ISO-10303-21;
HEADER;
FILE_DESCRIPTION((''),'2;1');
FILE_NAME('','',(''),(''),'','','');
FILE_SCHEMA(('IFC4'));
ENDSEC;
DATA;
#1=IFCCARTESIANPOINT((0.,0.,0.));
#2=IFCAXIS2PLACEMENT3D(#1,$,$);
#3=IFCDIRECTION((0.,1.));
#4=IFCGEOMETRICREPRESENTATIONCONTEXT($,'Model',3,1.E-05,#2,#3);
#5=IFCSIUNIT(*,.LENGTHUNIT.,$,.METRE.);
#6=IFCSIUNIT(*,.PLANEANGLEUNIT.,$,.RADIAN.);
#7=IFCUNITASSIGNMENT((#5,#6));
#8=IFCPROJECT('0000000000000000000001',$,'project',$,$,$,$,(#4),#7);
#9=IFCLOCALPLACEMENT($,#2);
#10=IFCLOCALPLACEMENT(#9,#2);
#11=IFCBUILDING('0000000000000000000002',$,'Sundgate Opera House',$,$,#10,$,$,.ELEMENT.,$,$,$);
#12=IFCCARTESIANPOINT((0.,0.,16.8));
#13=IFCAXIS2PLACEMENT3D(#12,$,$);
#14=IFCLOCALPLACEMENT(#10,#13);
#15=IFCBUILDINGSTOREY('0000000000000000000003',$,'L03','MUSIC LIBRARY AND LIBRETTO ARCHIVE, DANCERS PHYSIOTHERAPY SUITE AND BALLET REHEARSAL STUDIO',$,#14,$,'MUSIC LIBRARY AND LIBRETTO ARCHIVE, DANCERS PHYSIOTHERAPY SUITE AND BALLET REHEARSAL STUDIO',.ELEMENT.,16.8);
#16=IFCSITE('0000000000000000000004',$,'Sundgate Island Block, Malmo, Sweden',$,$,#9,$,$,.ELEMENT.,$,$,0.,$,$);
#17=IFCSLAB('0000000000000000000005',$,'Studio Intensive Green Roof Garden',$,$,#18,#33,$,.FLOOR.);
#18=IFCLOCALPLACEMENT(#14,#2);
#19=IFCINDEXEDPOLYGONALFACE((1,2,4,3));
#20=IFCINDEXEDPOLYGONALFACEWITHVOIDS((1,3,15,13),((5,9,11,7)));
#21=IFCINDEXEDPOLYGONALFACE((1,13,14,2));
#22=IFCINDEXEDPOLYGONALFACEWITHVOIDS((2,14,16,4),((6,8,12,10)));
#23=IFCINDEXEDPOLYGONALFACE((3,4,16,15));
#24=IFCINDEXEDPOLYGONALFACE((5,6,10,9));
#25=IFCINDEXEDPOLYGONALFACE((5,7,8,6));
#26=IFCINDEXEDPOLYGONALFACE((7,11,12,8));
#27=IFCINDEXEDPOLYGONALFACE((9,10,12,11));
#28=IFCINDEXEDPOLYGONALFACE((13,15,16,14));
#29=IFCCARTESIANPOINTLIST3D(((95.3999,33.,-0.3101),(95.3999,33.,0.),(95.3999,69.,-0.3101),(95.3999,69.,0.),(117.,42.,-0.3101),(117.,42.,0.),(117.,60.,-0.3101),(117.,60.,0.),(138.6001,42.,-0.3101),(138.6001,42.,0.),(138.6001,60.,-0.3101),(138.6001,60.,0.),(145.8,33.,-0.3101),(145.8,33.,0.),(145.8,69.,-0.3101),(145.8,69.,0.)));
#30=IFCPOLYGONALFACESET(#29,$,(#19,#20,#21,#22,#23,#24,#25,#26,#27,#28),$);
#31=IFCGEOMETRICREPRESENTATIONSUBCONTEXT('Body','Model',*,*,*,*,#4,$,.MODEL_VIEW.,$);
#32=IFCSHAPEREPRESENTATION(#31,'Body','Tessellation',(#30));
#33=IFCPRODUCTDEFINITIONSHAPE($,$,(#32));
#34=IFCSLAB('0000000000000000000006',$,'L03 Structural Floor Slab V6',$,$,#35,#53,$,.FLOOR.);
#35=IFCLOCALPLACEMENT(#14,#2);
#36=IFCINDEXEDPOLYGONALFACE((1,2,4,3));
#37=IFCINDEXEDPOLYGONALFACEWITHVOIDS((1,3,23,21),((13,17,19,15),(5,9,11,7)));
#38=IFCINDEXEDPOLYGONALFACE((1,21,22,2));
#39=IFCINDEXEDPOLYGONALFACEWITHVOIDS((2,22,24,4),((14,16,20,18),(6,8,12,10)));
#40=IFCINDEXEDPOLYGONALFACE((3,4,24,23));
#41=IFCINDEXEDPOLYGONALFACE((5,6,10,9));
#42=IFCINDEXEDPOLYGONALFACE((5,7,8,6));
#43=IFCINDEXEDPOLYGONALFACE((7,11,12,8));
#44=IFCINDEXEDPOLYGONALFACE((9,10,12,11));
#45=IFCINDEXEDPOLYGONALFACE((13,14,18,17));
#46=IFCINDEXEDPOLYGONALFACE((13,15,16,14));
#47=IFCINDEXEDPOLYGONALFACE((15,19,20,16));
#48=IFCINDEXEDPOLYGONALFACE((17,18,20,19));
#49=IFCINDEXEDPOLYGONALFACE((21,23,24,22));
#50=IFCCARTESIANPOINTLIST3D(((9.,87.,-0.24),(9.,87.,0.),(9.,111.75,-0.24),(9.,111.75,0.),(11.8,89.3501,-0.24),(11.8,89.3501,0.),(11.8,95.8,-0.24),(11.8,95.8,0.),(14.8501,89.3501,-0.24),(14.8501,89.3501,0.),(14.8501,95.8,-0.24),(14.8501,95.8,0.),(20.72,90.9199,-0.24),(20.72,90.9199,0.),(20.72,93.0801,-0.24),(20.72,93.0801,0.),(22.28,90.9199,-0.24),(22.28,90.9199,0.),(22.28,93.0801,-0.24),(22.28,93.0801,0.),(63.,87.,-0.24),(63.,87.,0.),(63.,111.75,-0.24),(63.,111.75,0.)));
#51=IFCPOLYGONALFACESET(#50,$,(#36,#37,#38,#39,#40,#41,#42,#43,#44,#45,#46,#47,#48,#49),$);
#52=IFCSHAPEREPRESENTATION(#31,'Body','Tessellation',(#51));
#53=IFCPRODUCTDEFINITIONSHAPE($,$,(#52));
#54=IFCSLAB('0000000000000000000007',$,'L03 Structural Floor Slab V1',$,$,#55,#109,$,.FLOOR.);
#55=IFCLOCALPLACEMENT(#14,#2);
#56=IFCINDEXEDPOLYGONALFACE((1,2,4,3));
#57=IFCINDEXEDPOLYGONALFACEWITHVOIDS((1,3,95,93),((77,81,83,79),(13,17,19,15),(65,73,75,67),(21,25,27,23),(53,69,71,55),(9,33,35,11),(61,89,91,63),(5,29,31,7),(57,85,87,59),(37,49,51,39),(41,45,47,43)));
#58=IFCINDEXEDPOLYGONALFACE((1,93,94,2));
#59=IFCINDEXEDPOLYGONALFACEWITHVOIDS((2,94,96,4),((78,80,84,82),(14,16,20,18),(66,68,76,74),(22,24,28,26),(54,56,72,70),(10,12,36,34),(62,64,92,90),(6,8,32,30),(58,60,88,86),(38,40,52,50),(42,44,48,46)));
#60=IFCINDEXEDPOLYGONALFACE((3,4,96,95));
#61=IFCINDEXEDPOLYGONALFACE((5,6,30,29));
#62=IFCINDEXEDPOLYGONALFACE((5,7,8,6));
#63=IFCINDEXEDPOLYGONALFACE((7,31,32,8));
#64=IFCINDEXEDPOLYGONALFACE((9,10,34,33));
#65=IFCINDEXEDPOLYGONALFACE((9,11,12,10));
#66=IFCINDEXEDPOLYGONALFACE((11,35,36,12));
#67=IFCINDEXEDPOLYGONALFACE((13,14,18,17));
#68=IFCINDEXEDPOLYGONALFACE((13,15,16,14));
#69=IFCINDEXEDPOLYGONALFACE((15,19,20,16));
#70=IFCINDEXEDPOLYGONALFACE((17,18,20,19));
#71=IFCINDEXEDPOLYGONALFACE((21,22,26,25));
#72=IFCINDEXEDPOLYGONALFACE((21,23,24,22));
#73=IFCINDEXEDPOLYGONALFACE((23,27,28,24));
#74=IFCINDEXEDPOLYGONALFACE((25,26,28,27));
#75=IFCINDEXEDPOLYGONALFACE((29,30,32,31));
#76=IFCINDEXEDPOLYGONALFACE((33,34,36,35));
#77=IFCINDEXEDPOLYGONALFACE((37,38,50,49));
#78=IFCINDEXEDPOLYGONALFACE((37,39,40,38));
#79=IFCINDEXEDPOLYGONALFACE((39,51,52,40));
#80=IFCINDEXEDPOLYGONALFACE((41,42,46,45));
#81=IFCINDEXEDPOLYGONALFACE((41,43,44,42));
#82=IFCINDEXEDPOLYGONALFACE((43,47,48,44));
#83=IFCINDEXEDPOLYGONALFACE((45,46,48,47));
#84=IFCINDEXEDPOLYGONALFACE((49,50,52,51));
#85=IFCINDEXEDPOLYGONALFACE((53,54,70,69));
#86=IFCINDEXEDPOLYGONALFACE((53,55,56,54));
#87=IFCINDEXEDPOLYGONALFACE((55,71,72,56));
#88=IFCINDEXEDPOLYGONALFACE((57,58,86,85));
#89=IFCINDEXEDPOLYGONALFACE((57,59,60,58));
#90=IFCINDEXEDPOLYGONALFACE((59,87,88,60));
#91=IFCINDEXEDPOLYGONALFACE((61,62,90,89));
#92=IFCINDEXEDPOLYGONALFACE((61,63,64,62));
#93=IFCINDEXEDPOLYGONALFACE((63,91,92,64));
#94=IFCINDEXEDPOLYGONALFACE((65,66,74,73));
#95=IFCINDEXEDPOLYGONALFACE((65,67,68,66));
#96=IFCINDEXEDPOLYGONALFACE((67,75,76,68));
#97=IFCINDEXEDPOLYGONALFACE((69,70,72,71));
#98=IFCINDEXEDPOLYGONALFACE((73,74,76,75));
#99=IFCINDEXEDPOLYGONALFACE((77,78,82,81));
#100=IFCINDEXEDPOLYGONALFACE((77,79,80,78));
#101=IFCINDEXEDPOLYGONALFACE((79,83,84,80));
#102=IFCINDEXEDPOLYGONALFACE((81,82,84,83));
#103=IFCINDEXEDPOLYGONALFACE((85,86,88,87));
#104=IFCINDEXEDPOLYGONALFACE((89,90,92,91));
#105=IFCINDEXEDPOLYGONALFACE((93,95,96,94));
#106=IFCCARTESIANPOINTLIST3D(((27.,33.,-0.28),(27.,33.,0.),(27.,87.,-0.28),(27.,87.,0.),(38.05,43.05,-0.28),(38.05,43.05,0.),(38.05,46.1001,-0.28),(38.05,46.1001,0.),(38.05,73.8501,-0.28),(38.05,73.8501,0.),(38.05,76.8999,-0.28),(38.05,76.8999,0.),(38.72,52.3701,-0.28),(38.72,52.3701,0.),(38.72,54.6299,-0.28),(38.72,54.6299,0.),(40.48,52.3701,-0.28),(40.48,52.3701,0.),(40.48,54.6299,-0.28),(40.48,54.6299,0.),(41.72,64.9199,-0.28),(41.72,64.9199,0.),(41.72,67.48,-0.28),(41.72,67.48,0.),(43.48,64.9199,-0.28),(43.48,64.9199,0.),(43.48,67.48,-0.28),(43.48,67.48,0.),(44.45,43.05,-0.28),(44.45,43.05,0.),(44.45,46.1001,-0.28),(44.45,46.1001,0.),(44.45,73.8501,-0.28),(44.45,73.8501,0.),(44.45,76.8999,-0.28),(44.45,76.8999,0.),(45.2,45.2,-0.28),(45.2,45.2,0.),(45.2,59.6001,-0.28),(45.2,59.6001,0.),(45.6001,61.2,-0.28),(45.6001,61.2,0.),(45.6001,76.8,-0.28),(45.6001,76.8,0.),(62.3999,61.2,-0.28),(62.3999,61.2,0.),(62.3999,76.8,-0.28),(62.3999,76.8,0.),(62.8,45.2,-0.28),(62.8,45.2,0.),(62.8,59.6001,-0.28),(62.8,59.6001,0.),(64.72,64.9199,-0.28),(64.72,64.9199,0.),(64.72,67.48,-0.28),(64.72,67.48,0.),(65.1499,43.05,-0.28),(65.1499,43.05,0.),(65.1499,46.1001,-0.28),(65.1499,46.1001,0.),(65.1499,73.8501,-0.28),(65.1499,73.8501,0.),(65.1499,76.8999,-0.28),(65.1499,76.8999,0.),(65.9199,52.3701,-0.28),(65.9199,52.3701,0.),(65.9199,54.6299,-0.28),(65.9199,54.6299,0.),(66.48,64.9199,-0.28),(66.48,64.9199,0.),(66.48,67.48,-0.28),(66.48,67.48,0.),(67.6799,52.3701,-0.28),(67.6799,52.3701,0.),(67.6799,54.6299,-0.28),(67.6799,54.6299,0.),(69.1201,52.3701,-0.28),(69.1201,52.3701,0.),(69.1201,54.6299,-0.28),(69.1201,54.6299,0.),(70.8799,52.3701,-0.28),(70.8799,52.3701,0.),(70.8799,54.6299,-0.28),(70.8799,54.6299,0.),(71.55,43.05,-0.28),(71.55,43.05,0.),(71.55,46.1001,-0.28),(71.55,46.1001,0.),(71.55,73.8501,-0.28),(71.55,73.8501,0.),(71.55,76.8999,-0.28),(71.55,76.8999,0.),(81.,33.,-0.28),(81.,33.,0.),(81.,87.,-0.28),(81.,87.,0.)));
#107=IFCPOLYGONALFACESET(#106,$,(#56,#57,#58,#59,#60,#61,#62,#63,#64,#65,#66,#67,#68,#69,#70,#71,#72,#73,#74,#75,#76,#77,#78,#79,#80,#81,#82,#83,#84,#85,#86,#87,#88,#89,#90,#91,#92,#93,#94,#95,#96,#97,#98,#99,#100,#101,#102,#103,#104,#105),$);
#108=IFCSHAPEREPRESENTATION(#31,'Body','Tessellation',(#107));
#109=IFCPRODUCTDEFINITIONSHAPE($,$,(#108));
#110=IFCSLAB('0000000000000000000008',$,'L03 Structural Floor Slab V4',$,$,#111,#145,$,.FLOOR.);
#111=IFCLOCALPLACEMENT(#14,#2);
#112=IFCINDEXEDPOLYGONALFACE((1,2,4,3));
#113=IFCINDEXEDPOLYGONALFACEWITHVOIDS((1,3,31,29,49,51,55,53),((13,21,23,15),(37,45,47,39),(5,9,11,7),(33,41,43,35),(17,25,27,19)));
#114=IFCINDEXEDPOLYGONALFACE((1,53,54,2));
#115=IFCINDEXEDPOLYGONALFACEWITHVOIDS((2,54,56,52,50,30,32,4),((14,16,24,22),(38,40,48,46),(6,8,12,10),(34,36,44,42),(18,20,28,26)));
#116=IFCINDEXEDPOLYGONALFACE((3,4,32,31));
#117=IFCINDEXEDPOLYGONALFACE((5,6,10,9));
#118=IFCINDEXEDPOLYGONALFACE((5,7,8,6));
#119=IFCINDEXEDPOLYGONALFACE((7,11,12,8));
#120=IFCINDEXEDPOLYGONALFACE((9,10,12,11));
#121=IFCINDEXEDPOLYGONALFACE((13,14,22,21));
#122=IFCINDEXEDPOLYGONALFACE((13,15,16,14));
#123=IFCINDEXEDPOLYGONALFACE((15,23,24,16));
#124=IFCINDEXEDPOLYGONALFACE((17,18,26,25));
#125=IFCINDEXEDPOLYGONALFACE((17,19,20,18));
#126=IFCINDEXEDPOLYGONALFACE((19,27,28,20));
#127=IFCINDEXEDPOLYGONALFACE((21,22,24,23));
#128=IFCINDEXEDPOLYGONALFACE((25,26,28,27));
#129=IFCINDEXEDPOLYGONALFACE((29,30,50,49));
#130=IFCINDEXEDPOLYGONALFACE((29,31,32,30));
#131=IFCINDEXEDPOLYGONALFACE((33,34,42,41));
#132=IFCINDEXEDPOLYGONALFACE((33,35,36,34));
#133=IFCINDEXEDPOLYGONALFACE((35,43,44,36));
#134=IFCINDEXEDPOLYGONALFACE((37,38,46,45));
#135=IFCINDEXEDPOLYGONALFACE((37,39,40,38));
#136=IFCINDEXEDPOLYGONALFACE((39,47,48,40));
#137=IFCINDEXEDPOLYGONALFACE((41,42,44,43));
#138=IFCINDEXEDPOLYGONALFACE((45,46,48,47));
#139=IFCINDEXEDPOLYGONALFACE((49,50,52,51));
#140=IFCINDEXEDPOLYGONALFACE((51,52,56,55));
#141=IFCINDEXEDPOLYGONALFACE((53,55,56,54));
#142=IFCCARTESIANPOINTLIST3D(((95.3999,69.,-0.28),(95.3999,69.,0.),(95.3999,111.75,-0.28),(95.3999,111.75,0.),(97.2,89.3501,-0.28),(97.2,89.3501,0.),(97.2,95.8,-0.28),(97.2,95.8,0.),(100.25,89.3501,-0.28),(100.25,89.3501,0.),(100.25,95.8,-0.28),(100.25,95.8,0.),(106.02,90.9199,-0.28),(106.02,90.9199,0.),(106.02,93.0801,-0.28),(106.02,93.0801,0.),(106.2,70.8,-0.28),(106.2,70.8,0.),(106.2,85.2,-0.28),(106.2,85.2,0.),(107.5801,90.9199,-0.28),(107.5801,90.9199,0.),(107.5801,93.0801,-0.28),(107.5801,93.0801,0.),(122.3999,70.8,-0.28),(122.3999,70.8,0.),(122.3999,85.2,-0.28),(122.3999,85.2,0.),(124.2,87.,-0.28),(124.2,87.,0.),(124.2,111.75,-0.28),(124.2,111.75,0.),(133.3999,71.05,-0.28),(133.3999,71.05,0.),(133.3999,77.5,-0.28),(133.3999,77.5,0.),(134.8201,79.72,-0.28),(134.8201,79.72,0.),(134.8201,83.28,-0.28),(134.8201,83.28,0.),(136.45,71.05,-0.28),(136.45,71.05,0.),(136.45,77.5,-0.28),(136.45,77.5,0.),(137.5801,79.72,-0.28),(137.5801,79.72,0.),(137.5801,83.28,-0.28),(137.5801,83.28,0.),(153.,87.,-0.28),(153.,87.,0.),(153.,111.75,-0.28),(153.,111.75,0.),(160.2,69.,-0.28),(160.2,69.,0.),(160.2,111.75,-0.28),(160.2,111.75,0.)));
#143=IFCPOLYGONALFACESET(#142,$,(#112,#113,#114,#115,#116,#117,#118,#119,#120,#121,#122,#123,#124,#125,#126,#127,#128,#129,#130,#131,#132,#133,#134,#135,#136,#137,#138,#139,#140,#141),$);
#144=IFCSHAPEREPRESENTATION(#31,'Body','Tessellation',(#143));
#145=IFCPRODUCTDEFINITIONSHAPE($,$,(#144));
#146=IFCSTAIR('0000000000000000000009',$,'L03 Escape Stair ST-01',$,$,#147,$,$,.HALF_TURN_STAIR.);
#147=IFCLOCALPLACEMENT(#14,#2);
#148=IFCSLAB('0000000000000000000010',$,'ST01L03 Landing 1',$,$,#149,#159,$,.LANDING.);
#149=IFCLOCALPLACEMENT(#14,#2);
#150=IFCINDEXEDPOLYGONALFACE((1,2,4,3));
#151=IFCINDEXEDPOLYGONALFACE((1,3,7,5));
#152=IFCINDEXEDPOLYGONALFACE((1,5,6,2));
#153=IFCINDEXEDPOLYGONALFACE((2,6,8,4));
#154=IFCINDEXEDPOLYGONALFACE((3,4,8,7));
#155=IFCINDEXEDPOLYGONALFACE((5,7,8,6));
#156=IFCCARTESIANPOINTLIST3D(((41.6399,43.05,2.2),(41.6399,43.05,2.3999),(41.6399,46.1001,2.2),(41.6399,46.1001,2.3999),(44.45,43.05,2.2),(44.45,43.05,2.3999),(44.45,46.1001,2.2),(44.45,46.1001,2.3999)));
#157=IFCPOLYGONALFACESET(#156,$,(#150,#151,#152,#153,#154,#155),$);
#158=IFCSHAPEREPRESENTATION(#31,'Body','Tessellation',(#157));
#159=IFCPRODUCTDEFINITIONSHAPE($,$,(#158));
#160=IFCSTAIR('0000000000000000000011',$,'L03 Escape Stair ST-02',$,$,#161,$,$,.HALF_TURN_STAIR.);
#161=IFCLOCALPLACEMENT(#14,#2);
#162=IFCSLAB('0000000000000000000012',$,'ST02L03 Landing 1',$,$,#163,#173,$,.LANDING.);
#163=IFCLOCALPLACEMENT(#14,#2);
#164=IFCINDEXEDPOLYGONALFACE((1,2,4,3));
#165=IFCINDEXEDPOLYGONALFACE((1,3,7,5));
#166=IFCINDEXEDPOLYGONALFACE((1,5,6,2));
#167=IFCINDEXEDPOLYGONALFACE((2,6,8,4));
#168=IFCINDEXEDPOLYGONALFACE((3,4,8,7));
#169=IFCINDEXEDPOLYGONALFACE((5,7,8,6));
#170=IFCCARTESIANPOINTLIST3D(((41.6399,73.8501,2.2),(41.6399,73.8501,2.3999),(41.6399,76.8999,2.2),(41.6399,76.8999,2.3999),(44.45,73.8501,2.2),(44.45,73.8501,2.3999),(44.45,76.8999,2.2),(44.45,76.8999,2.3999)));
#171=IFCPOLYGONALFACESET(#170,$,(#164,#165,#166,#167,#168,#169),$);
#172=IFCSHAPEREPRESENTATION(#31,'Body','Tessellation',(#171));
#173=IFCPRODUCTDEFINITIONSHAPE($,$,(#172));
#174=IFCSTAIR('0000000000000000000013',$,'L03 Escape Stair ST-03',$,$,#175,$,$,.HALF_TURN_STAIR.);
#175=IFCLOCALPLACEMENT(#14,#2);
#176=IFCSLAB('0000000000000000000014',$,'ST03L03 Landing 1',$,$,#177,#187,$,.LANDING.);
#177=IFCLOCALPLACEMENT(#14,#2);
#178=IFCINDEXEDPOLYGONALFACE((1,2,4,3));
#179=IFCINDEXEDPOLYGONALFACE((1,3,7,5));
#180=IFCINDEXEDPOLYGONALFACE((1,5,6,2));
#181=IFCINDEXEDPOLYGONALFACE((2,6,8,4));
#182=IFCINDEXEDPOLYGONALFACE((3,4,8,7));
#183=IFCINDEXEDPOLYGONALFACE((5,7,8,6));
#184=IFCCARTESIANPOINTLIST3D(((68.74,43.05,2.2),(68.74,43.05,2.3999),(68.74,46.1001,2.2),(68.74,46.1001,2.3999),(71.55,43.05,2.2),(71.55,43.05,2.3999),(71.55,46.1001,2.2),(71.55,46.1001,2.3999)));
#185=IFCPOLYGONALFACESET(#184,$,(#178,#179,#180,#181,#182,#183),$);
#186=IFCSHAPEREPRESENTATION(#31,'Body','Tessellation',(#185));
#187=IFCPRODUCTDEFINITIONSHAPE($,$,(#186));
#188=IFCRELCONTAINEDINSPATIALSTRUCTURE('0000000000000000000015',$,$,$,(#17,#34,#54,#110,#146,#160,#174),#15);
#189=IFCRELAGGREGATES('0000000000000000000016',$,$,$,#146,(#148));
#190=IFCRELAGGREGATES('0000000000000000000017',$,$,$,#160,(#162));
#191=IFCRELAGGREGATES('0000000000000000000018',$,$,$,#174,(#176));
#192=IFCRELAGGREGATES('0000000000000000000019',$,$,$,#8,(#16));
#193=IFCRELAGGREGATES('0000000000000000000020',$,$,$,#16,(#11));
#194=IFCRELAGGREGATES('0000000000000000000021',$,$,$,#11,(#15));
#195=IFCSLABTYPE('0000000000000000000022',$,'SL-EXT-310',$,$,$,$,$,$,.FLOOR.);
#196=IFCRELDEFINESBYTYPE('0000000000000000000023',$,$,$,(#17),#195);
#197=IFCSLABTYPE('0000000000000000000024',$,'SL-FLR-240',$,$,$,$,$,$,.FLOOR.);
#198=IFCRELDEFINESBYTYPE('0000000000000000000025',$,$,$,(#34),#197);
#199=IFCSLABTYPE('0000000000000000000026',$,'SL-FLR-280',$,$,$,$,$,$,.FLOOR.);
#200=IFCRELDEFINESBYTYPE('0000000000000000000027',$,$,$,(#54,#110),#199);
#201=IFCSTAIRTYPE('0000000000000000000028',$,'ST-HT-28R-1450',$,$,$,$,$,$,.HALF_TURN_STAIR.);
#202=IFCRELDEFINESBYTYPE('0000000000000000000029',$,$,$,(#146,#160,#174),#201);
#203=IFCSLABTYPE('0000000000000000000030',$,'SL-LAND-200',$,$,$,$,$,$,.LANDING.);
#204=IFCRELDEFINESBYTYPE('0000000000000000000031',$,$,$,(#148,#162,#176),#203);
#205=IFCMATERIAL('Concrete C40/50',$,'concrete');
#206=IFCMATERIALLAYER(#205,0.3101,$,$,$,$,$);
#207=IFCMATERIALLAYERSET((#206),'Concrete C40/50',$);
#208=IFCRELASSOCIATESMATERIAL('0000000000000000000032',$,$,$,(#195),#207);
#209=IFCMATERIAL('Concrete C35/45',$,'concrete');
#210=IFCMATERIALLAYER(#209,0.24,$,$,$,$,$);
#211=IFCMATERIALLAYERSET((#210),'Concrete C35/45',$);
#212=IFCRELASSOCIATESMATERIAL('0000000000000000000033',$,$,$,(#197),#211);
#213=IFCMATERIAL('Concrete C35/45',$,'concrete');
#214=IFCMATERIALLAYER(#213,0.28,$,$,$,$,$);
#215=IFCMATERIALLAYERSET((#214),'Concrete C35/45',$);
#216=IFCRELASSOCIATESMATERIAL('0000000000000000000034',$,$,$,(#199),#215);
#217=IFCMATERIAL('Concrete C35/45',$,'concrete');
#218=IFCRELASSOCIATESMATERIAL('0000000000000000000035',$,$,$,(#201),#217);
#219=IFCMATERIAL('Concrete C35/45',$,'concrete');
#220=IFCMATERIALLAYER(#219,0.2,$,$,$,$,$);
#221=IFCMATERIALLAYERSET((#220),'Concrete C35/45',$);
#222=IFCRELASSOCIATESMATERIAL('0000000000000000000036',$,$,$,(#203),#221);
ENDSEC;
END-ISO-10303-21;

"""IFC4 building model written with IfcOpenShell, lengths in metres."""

from ifc_helpers import new_model, si_unit, direction, frame, origin, place, context, subcontext, project, spatial, polyline, outline, extrude, material, layer, layer_set, type_object, element, aggregate, save


model = new_model("IFC4")

# Units and contexts
model_context = context("Model", 3, precision=1e-05, world=origin(), true_north=direction((0.0, 1.0)))
body_context = subcontext(model_context, "Body", "Model", "MODEL_VIEW")
ifc_project = project(units=[si_unit("LENGTHUNIT", "METRE"), si_unit("PLANEANGLEUNIT", "RADIAN")], contexts=[model_context])

# Site, building, storey
site_placement = place(None, origin())
site = spatial("IfcSite", under=ifc_project, at=site_placement, Name="Sundgate Island Block, Malmo, Sweden", CompositionType="ELEMENT", RefElevation=0.0)
building_placement = place(site_placement, origin())
building = spatial("IfcBuilding", under=site, at=building_placement, Name="Sundgate Opera House", CompositionType="ELEMENT")
storey_placement = place(building_placement, frame((0.0, 0.0, 16.8)))
storey = spatial("IfcBuildingStorey", under=building, at=storey_placement, Name="L03", Description="MUSIC LIBRARY AND LIBRETTO ARCHIVE, DANCERS PHYSIOTHERAPY SUITE AND BALLET REHEARSAL STUDIO", LongName="MUSIC LIBRARY AND LIBRETTO ARCHIVE, DANCERS PHYSIOTHERAPY SUITE AND BALLET REHEARSAL STUDIO", CompositionType="ELEMENT", Elevation=16.8)

# Slabs
ifc_material_1 = material(Name="Concrete C40/50", Category="concrete")
ifc_layer_1 = layer(ifc_material_1, 0.3101)
ifc_layer_set_1 = layer_set([ifc_layer_1], Name="Concrete C40/50")
slab_type_1 = type_object("IfcSlabType", Name="SL-EXT-310", PredefinedType="FLOOR", material=ifc_layer_set_1)
slab_1_placement = place(storey_placement, frame((0.0, 0.0, -0.3101)))
element("IfcSlab", 1, at=slab_1_placement, inside=storey, type_object=slab_type_1, Name="Studio Intensive Green Roof Garden", PredefinedType="FLOOR", context=body_context, shape_type="SweptSolid", body=[
    extrude(outline(polyline([(95.3999, 33.0), (145.8, 33.0), (145.8, 69.0), (95.3999, 69.0), (95.3999, 33.0)]), holes=[polyline([(117.0, 60.0), (138.6001, 60.0), (138.6001, 42.0), (117.0, 42.0), (117.0, 60.0)])]), origin(), (0.0, 0.0, 1.0), 0.3101),
])
ifc_material_2 = material(Name="Concrete C35/45", Category="concrete")
ifc_layer_2 = layer(ifc_material_2, 0.24)
ifc_layer_set_2 = layer_set([ifc_layer_2], Name="Concrete C35/45")
slab_type_2 = type_object("IfcSlabType", Name="SL-FLR-240", PredefinedType="FLOOR", material=ifc_layer_set_2)
slab_2_placement = place(storey_placement, frame((0.0, 0.0, -0.24)))
element("IfcSlab", 2, at=slab_2_placement, inside=storey, type_object=slab_type_2, Name="L03 Structural Floor Slab V6", PredefinedType="FLOOR", context=body_context, shape_type="SweptSolid", body=[
    extrude(outline(polyline([(9.0, 87.0), (63.0, 87.0), (63.0, 111.75), (9.0, 111.75), (9.0, 87.0)]), holes=[polyline([(11.8, 95.8), (14.8501, 95.8), (14.8501, 89.3501), (11.8, 89.3501), (11.8, 95.8)]), polyline([(20.72, 93.0801), (22.28, 93.0801), (22.28, 90.9199), (20.72, 90.9199), (20.72, 93.0801)])]), origin(), (0.0, 0.0, 1.0), 0.24),
])
ifc_material_3 = material(Name="Concrete C35/45", Category="concrete")
ifc_layer_3 = layer(ifc_material_3, 0.28)
ifc_layer_set_3 = layer_set([ifc_layer_3], Name="Concrete C35/45")
slab_type_3 = type_object("IfcSlabType", Name="SL-FLR-280", PredefinedType="FLOOR", material=ifc_layer_set_3)
slab_3_placement = place(storey_placement, frame((0.0, 0.0, -0.28)))
element("IfcSlab", 3, at=slab_3_placement, inside=storey, type_object=slab_type_3, Name="L03 Structural Floor Slab V1", PredefinedType="FLOOR", context=body_context, shape_type="SweptSolid", body=[
    extrude(outline(polyline([(27.0, 33.0), (81.0, 33.0), (81.0, 87.0), (27.0, 87.0), (27.0, 33.0)]), holes=[polyline([(45.2, 59.6001), (62.8, 59.6001), (62.8, 45.2), (45.2, 45.2), (45.2, 59.6001)]), polyline([(45.6001, 76.8), (62.3999, 76.8), (62.3999, 61.2), (45.6001, 61.2), (45.6001, 76.8)]), polyline([(38.05, 46.1001), (44.45, 46.1001), (44.45, 43.05), (38.05, 43.05), (38.05, 46.1001)]), polyline([(38.05, 76.8999), (44.45, 76.8999), (44.45, 73.8501), (38.05, 73.8501), (38.05, 76.8999)]), polyline([(65.1499, 46.1001), (71.55, 46.1001), (71.55, 43.05), (65.1499, 43.05), (65.1499, 46.1001)]), polyline([(65.1499, 76.8999), (71.55, 76.8999), (71.55, 73.8501), (65.1499, 73.8501), (65.1499, 76.8999)]), polyline([(65.9199, 54.6299), (67.6799, 54.6299), (67.6799, 52.3701), (65.9199, 52.3701), (65.9199, 54.6299)]), polyline([(69.1201, 54.6299), (70.8799, 54.6299), (70.8799, 52.3701), (69.1201, 52.3701), (69.1201, 54.6299)]), polyline([(38.72, 54.6299), (40.48, 54.6299), (40.48, 52.3701), (38.72, 52.3701), (38.72, 54.6299)]), polyline([(41.72, 67.48), (43.48, 67.48), (43.48, 64.9199), (41.72, 64.9199), (41.72, 67.48)]), polyline([(64.72, 67.48), (66.48, 67.48), (66.48, 64.9199), (64.72, 64.9199), (64.72, 67.48)])]), origin(), (0.0, 0.0, 1.0), 0.28),
])
slab_4_placement = place(storey_placement, frame((0.0, 0.0, -0.28)))
element("IfcSlab", 4, at=slab_4_placement, inside=storey, type_object=slab_type_3, Name="L03 Structural Floor Slab V4", PredefinedType="FLOOR", context=body_context, shape_type="SweptSolid", body=[
    extrude(outline(polyline([(95.3999, 69.0), (160.2, 69.0), (160.2, 111.75), (153.0, 111.75), (153.0, 87.0), (124.2, 87.0), (124.2, 111.75), (95.3999, 111.75), (95.3999, 69.0)]), holes=[polyline([(106.2, 85.2), (122.3999, 85.2), (122.3999, 70.8), (106.2, 70.8), (106.2, 85.2)]), polyline([(97.2, 95.8), (100.25, 95.8), (100.25, 89.3501), (97.2, 89.3501), (97.2, 95.8)]), polyline([(133.3999, 77.5), (136.45, 77.5), (136.45, 71.05), (133.3999, 71.05), (133.3999, 77.5)]), polyline([(106.02, 93.0801), (107.5801, 93.0801), (107.5801, 90.9199), (106.02, 90.9199), (106.02, 93.0801)]), polyline([(134.8201, 83.28), (137.5801, 83.28), (137.5801, 79.72), (134.8201, 79.72), (134.8201, 83.28)])]), origin(), (0.0, 0.0, 1.0), 0.28),
])

# Stairs, slabs
ifc_material_4 = material(Name="Concrete C35/45", Category="concrete")
stair_type = type_object("IfcStairType", Name="ST-HT-28R-1450", PredefinedType="HALF_TURN_STAIR", material=ifc_material_4)
stair_1_placement = place(storey_placement, origin())
stair_1 = element("IfcStair", 5, at=stair_1_placement, inside=storey, type_object=stair_type, Name="L03 Escape Stair ST-01", PredefinedType="HALF_TURN_STAIR")
ifc_material_5 = material(Name="Concrete C35/45", Category="concrete")
ifc_layer_4 = layer(ifc_material_5, 0.2)
ifc_layer_set_4 = layer_set([ifc_layer_4], Name="Concrete C35/45")
slab_type_4 = type_object("IfcSlabType", Name="SL-LAND-200", PredefinedType="LANDING", material=ifc_layer_set_4)
slab_5_placement = place(storey_placement, frame((0.0, 0.0, 2.2)))
slab_5 = element("IfcSlab", 6, at=slab_5_placement, type_object=slab_type_4, Name="ST01L03 Landing 1", PredefinedType="LANDING", context=body_context, shape_type="SweptSolid", body=[
    extrude(outline(polyline([(41.6399, 43.05), (44.45, 43.05), (44.45, 46.1001), (41.6399, 46.1001), (41.6399, 43.05)])), origin(), (0.0, 0.0, 1.0), 0.2),
])
aggregate(stair_1, [slab_5])
stair_2_placement = place(storey_placement, origin())
stair_2 = element("IfcStair", 7, at=stair_2_placement, inside=storey, type_object=stair_type, Name="L03 Escape Stair ST-02", PredefinedType="HALF_TURN_STAIR")
slab_6_placement = place(storey_placement, frame((0.0, 0.0, 2.2)))
slab_6 = element("IfcSlab", 8, at=slab_6_placement, type_object=slab_type_4, Name="ST02L03 Landing 1", PredefinedType="LANDING", context=body_context, shape_type="SweptSolid", body=[
    extrude(outline(polyline([(41.6399, 73.8501), (44.45, 73.8501), (44.45, 76.8999), (41.6399, 76.8999), (41.6399, 73.8501)])), origin(), (0.0, 0.0, 1.0), 0.2),
])
aggregate(stair_2, [slab_6])
stair_3_placement = place(storey_placement, origin())
stair_3 = element("IfcStair", 9, at=stair_3_placement, inside=storey, type_object=stair_type, Name="L03 Escape Stair ST-03", PredefinedType="HALF_TURN_STAIR")
slab_7_placement = place(storey_placement, frame((0.0, 0.0, 2.2)))
slab_7 = element("IfcSlab", 10, at=slab_7_placement, type_object=slab_type_4, Name="ST03L03 Landing 1", PredefinedType="LANDING", context=body_context, shape_type="SweptSolid", body=[
    extrude(outline(polyline([(68.74, 43.05), (71.55, 43.05), (71.55, 46.1001), (68.74, 46.1001), (68.74, 43.05)])), origin(), (0.0, 0.0, 1.0), 0.2),
])
aggregate(stair_3, [slab_7])

save(model, "model.ifc")
